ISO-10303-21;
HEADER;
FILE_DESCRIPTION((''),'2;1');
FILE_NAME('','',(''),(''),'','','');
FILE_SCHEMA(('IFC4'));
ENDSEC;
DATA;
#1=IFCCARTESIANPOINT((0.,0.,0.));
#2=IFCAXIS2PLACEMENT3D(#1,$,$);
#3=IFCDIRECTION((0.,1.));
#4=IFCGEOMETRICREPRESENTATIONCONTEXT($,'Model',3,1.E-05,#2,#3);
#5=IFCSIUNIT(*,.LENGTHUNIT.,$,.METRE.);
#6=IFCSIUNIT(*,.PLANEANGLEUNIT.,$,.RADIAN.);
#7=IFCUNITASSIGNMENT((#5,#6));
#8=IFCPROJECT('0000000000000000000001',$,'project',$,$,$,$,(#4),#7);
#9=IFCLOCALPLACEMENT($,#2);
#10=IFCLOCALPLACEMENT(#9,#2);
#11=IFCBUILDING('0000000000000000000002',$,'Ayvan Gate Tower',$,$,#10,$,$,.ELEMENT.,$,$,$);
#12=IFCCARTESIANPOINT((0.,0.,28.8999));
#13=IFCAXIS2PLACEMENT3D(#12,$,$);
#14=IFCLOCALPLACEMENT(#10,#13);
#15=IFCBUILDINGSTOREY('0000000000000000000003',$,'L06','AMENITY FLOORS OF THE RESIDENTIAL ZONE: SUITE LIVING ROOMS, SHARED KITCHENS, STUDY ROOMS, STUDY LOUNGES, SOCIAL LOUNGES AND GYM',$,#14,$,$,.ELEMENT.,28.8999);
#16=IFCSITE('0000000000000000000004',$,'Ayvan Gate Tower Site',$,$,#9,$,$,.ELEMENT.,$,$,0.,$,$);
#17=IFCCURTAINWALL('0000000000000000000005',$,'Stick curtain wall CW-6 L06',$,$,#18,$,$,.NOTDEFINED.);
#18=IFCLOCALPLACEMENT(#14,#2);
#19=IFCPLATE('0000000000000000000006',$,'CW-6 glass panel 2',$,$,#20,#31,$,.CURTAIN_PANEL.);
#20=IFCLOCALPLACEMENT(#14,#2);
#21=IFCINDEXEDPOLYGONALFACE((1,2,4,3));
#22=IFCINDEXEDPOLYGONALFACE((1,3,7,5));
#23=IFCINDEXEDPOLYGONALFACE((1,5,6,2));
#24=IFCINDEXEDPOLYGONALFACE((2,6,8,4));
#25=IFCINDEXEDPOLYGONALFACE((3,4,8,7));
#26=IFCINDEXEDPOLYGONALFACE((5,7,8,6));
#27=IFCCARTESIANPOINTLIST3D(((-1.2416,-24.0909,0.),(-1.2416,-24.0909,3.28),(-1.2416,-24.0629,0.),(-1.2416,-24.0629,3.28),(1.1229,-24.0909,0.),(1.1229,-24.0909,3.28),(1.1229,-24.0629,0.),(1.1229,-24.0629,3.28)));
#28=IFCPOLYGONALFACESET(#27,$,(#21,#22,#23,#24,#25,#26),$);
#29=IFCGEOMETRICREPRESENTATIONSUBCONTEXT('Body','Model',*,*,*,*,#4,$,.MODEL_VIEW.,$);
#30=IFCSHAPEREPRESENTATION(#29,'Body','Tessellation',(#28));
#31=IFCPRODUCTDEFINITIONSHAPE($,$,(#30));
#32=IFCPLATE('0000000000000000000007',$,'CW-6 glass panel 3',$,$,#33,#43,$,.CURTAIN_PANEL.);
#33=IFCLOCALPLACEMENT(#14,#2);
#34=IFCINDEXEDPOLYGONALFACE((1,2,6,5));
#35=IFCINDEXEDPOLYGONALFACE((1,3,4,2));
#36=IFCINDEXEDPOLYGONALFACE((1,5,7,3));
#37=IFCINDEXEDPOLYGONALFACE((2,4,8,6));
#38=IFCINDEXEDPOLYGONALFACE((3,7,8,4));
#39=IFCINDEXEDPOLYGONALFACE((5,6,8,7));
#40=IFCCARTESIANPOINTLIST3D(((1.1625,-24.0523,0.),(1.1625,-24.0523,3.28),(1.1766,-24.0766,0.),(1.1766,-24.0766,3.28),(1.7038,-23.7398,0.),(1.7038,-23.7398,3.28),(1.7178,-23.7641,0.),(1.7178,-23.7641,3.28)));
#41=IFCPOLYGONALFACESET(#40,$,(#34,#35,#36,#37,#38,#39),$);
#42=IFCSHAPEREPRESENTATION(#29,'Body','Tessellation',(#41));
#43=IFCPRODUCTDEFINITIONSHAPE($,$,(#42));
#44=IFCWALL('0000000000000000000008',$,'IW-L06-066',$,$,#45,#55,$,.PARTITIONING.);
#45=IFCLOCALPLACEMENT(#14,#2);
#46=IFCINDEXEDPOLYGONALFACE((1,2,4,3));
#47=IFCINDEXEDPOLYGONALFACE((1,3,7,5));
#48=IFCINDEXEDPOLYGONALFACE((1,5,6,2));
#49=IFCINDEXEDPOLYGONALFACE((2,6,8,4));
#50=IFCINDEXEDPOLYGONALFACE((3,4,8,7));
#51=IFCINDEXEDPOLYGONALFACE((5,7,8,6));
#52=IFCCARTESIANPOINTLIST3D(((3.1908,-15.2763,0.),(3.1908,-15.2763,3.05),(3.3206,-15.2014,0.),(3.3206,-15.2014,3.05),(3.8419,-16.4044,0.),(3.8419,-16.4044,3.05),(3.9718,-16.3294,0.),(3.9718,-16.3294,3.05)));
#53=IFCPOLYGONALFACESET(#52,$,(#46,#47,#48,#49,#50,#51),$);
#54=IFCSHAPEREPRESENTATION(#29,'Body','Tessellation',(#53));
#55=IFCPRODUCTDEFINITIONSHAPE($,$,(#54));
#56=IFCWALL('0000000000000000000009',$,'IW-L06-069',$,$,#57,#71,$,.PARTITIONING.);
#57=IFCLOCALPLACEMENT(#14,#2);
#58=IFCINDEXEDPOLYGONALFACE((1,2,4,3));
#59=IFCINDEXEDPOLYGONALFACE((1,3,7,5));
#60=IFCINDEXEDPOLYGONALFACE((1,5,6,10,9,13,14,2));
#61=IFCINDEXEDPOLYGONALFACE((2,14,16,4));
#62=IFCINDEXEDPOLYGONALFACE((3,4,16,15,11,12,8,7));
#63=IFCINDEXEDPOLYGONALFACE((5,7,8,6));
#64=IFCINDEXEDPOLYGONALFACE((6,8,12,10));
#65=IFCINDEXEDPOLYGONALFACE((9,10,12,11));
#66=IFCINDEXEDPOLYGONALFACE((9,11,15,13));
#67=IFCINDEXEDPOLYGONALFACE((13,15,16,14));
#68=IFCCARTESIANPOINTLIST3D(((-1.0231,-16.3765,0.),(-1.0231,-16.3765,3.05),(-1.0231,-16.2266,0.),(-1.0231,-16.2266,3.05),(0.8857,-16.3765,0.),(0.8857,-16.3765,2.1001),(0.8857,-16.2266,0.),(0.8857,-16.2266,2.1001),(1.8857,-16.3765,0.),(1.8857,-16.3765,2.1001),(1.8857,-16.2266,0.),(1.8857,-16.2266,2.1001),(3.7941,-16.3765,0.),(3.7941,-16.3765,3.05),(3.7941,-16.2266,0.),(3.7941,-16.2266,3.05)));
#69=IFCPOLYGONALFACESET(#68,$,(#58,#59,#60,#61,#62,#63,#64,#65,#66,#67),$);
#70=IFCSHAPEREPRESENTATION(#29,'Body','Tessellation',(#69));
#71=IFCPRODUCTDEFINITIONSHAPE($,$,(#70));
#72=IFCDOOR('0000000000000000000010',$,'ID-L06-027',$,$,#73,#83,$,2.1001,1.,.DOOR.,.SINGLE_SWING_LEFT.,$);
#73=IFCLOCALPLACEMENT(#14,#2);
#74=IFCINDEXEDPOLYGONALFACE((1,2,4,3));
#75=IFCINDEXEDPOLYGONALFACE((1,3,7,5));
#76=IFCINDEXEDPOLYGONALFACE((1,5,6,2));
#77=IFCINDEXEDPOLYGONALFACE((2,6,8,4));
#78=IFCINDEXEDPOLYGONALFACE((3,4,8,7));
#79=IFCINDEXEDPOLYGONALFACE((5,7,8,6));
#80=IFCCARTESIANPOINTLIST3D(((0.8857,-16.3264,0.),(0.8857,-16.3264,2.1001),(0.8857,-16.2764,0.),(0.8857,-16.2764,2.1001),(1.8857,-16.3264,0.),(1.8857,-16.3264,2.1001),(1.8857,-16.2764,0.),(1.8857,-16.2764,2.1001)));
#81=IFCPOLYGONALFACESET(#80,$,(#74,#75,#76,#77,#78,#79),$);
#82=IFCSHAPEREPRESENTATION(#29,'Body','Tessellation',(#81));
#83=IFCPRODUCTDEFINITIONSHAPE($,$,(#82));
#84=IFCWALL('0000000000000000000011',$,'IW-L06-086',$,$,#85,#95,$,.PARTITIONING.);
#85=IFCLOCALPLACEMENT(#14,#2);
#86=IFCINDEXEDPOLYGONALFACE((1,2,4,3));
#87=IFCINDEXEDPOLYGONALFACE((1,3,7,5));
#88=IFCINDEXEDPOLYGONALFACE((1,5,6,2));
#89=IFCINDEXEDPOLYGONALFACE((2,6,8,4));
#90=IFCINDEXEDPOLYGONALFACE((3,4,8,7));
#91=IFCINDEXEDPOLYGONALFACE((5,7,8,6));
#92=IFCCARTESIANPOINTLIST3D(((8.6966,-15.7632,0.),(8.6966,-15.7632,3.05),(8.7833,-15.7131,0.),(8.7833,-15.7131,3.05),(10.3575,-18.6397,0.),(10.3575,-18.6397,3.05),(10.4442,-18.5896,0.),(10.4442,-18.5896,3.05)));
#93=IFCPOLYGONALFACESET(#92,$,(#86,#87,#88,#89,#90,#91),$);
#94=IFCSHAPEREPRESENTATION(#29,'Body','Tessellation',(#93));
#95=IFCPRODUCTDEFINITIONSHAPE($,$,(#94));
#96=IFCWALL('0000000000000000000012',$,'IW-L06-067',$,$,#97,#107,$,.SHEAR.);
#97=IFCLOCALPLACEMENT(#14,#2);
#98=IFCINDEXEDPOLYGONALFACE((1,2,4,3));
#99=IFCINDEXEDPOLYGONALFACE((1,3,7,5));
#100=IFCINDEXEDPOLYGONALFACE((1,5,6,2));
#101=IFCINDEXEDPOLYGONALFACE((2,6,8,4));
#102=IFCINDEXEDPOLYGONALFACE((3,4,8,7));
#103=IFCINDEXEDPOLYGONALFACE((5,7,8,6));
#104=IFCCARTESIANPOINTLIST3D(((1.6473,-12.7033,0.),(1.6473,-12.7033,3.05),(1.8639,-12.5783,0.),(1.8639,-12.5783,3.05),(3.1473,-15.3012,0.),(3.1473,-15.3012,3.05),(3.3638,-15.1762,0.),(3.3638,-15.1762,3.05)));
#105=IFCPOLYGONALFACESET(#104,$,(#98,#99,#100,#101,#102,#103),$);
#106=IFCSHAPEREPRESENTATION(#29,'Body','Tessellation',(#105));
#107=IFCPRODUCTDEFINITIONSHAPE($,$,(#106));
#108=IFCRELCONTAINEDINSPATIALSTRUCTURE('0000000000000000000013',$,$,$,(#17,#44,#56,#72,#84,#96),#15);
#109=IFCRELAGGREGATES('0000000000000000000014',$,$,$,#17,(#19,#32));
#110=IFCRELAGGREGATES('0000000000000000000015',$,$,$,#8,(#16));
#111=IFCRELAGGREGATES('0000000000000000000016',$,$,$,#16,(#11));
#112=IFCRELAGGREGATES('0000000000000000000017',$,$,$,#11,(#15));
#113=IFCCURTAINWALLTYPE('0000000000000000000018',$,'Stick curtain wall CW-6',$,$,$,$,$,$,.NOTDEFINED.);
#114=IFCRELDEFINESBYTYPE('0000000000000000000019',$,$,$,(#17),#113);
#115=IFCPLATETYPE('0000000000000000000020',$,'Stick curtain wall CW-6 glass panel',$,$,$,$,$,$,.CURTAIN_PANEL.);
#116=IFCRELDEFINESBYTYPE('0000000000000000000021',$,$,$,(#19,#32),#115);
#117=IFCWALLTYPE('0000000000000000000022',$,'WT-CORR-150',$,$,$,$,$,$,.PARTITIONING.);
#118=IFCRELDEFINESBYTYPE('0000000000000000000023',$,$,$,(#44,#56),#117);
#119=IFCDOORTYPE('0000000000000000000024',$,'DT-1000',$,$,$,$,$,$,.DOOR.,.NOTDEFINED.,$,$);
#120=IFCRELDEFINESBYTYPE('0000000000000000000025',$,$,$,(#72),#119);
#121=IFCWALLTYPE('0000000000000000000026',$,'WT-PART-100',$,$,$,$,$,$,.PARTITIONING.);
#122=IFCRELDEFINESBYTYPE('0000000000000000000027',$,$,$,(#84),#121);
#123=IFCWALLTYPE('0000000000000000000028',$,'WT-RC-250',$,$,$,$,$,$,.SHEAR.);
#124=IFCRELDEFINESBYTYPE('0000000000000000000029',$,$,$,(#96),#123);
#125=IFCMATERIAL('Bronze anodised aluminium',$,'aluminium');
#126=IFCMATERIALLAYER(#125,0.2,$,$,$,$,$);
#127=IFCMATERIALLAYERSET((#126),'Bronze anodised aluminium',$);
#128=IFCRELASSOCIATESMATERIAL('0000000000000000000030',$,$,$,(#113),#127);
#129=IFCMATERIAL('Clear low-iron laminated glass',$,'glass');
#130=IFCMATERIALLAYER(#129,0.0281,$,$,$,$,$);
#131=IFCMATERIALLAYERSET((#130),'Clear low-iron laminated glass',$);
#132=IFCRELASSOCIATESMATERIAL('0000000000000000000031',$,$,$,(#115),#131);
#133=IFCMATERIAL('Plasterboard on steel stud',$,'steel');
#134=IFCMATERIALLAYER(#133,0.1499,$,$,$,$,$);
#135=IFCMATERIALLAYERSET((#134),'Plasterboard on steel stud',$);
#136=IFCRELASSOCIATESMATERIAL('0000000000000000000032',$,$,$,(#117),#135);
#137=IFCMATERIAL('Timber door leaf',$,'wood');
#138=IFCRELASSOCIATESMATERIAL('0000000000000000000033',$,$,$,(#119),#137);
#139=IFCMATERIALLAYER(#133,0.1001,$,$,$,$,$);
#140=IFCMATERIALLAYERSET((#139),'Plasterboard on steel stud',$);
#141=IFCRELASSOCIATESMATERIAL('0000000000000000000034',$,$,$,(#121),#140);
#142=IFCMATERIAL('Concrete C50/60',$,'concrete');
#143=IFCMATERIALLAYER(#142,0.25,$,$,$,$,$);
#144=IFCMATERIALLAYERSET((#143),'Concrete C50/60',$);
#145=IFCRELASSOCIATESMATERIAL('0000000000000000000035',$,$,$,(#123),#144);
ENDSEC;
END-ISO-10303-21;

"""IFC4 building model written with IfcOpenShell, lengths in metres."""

from ifc_helpers import new_model, si_unit, direction, frame, frame_2d, origin, origin_2d, place, context, subcontext, project, spatial, rectangle, extrude, material, layer, layer_set, type_object, element, fill, aggregate, save


model = new_model("IFC4")

# Units and contexts
model_context = context("Model", 3, precision=1e-05, world=origin(), true_north=direction((0.0, 1.0)))
body_context = subcontext(model_context, "Body", "Model", "MODEL_VIEW")
ifc_project = project(units=[si_unit("LENGTHUNIT", "METRE"), si_unit("PLANEANGLEUNIT", "RADIAN")], contexts=[model_context])

# Site, building, storey
site_placement = place(None, origin())
site = spatial("IfcSite", under=ifc_project, at=site_placement, Name="Ayvan Gate Tower Site", CompositionType="ELEMENT", RefElevation=0.0)
building_placement = place(site_placement, origin())
building = spatial("IfcBuilding", under=site, at=building_placement, Name="Ayvan Gate Tower", CompositionType="ELEMENT")
storey_placement = place(building_placement, frame((0.0, 0.0, 28.8999)))
storey = spatial("IfcBuildingStorey", under=building, at=storey_placement, Name="L06", Description="AMENITY FLOORS OF THE RESIDENTIAL ZONE: SUITE LIVING ROOMS, SHARED KITCHENS, STUDY ROOMS, STUDY LOUNGES, SOCIAL LOUNGES AND GYM", CompositionType="ELEMENT", Elevation=28.8999)

# Shared definitions
ifc_material_1 = material(Name="Bronze anodised aluminium", Category="aluminium")

# Curtain wall
ifc_layer_1 = layer(ifc_material_1, 0.2)
ifc_layer_set_1 = layer_set([ifc_layer_1], Name="Bronze anodised aluminium")
curtain_wall_type_1 = type_object("IfcCurtainWallType", Name="Stick curtain wall CW-6", PredefinedType="NOTDEFINED", material=ifc_layer_set_1)
curtain_wall_1_placement = place(storey_placement, origin())
curtain_wall_1 = element("IfcCurtainWall", 1, at=curtain_wall_1_placement, inside=storey, type_object=curtain_wall_type_1, Name="Stick curtain wall CW-6 L06", PredefinedType="NOTDEFINED")

# Plates
ifc_material_2 = material(Name="Clear low-iron laminated glass", Category="glass")
ifc_layer_2 = layer(ifc_material_2, 0.0281)
ifc_layer_set_2 = layer_set([ifc_layer_2], Name="Clear low-iron laminated glass")
plate_type_1 = type_object("IfcPlateType", Name="Stick curtain wall CW-6 glass panel", PredefinedType="CURTAIN_PANEL", material=ifc_layer_set_2)
plate_1_placement = place(storey_placement, frame((-0.0593, -24.0769, 0.0), z_axis=(0.0, 0.0, 1.0), x_axis=(1.0, 0.0, 0.0)))
plate_1 = element("IfcPlate", 2, at=plate_1_placement, type_object=plate_type_1, Name="CW-6 glass panel 2", PredefinedType="CURTAIN_PANEL", context=body_context, shape_type="SweptSolid", body=[
    extrude(rectangle(XDim=2.3645, YDim=0.0281, at=origin_2d()), origin(), (0.0, 0.0, 1.0), 3.28),
])
plate_2_placement = place(storey_placement, frame((1.4402, -23.9082, 0.0), z_axis=(0.0, 0.0, 1.0), x_axis=(0.866025, 0.5, 0.0)))
plate_2 = element("IfcPlate", 3, at=plate_2_placement, type_object=plate_type_1, Name="CW-6 glass panel 3", PredefinedType="CURTAIN_PANEL", context=body_context, shape_type="SweptSolid", body=[
    extrude(rectangle(XDim=0.625, YDim=0.0281, at=origin_2d()), origin(), (0.0, 0.0, 1.0), 3.28),
])
aggregate(curtain_wall_1, [plate_1, plate_2])

# Wall
ifc_material_3 = material(Name="Plasterboard on steel stud", Category="steel")
ifc_layer_3 = layer(ifc_material_3, 0.1499)
ifc_layer_set_3 = layer_set([ifc_layer_3], Name="Plasterboard on steel stud")
wall_type_1 = type_object("IfcWallType", Name="WT-CORR-150", PredefinedType="PARTITIONING", material=ifc_layer_set_3)
wall_1_placement = place(storey_placement, frame((3.2556, -15.2388, 0.0), z_axis=(0.0, 0.0, 1.0), x_axis=(0.49995, -0.866054, 0.0)))
element("IfcWall", 4, at=wall_1_placement, inside=storey, type_object=wall_type_1, Name="IW-L06-066", PredefinedType="PARTITIONING", context=body_context, shape_type="SweptSolid", body=[
    extrude(rectangle(XDim=1.3025, YDim=0.1499, at=frame_2d((0.6514, 0.0))), origin(), (0.0, 0.0, 1.0), 3.05),
])

# Wall, opening, door
wall_2_placement = place(storey_placement, frame((3.7942, -16.3015, 0.0), z_axis=(0.0, 0.0, 1.0), x_axis=(-1.0, 0.0, 0.0)))
wall_2 = element("IfcWall", 5, at=wall_2_placement, inside=storey, type_object=wall_type_1, Name="IW-L06-069", PredefinedType="PARTITIONING", context=body_context, shape_type="SweptSolid", body=[
    extrude(rectangle(XDim=4.8171, YDim=0.1499, at=frame_2d((2.4087, 0.0))), origin(), (0.0, 0.0, 1.0), 3.05),
])
opening_1_placement = place(wall_2_placement, frame((1.9084, 0.0, 0.0)))
opening_1 = element("IfcOpeningElement", 6, at=opening_1_placement, cuts=wall_2, PredefinedType="OPENING", context=body_context, shape_type="SweptSolid", body=[
    extrude(rectangle(XDim=1.0, YDim=2.1001, at=frame_2d((0.5, 1.05))), frame((0.0, 0.085, 0.0), z_axis=(0.0, -1.0, 0.0), x_axis=(1.0, 0.0, 0.0)), (0.0, 0.0, 1.0), 0.1699),
])
ifc_material_4 = material(Name="Timber door leaf", Category="wood")
door_type_1 = type_object("IfcDoorType", Name="DT-1000", OperationType="NOTDEFINED", PredefinedType="DOOR", material=ifc_material_4)
door_1_placement = place(opening_1_placement, origin())
door_1 = element("IfcDoor", 7, at=door_1_placement, inside=storey, type_object=door_type_1, Name="ID-L06-027", OperationType="SINGLE_SWING_LEFT", OverallHeight=2.1001, OverallWidth=1.0, PredefinedType="DOOR", context=body_context, shape_type="SweptSolid", body=[
    extrude(rectangle(XDim=1.0, YDim=2.1001, at=frame_2d((0.5, 1.05))), frame((0.0, 0.0249, 0.0), z_axis=(0.0, -1.0, 0.0), x_axis=(1.0, 0.0, 0.0)), (0.0, 0.0, 1.0), 0.05),
])
fill(opening_1, door_1)

# Walls
ifc_layer_4 = layer(ifc_material_3, 0.1001)
ifc_layer_set_4 = layer_set([ifc_layer_4], Name="Plasterboard on steel stud")
wall_type_2 = type_object("IfcWallType", Name="WT-PART-100", PredefinedType="PARTITIONING", material=ifc_layer_set_4)
wall_3_placement = place(storey_placement, frame((8.74, -15.7383, 0.0), z_axis=(0.0, 0.0, 1.0), x_axis=(0.500036, -0.866004, 0.0)))
element("IfcWall", 8, at=wall_3_placement, inside=storey, type_object=wall_type_2, Name="IW-L06-086", PredefinedType="PARTITIONING", context=body_context, shape_type="SweptSolid", body=[
    extrude(rectangle(XDim=3.3215, YDim=0.1001, at=frame_2d((1.6606, 0.0))), origin(), (0.0, 0.0, 1.0), 3.05),
])
ifc_material_5 = material(Name="Concrete C50/60", Category="concrete")
ifc_layer_5 = layer(ifc_material_5, 0.25)
ifc_layer_set_5 = layer_set([ifc_layer_5], Name="Concrete C50/60")
wall_type_3 = type_object("IfcWallType", Name="WT-RC-250", PredefinedType="SHEAR", material=ifc_layer_set_5)
wall_4_placement = place(storey_placement, frame((3.2556, -15.2388, 0.0), z_axis=(0.0, 0.0, 1.0), x_axis=(-0.500025, 0.866011, 0.0)))
element("IfcWall", 9, at=wall_4_placement, inside=storey, type_object=wall_type_3, Name="IW-L06-067", PredefinedType="SHEAR", context=body_context, shape_type="SweptSolid", body=[
    extrude(rectangle(XDim=2.9998, YDim=0.25, at=frame_2d((1.5, 0.0))), origin(), (0.0, 0.0, 1.0), 3.05),
])

save(model, "model.ifc")
